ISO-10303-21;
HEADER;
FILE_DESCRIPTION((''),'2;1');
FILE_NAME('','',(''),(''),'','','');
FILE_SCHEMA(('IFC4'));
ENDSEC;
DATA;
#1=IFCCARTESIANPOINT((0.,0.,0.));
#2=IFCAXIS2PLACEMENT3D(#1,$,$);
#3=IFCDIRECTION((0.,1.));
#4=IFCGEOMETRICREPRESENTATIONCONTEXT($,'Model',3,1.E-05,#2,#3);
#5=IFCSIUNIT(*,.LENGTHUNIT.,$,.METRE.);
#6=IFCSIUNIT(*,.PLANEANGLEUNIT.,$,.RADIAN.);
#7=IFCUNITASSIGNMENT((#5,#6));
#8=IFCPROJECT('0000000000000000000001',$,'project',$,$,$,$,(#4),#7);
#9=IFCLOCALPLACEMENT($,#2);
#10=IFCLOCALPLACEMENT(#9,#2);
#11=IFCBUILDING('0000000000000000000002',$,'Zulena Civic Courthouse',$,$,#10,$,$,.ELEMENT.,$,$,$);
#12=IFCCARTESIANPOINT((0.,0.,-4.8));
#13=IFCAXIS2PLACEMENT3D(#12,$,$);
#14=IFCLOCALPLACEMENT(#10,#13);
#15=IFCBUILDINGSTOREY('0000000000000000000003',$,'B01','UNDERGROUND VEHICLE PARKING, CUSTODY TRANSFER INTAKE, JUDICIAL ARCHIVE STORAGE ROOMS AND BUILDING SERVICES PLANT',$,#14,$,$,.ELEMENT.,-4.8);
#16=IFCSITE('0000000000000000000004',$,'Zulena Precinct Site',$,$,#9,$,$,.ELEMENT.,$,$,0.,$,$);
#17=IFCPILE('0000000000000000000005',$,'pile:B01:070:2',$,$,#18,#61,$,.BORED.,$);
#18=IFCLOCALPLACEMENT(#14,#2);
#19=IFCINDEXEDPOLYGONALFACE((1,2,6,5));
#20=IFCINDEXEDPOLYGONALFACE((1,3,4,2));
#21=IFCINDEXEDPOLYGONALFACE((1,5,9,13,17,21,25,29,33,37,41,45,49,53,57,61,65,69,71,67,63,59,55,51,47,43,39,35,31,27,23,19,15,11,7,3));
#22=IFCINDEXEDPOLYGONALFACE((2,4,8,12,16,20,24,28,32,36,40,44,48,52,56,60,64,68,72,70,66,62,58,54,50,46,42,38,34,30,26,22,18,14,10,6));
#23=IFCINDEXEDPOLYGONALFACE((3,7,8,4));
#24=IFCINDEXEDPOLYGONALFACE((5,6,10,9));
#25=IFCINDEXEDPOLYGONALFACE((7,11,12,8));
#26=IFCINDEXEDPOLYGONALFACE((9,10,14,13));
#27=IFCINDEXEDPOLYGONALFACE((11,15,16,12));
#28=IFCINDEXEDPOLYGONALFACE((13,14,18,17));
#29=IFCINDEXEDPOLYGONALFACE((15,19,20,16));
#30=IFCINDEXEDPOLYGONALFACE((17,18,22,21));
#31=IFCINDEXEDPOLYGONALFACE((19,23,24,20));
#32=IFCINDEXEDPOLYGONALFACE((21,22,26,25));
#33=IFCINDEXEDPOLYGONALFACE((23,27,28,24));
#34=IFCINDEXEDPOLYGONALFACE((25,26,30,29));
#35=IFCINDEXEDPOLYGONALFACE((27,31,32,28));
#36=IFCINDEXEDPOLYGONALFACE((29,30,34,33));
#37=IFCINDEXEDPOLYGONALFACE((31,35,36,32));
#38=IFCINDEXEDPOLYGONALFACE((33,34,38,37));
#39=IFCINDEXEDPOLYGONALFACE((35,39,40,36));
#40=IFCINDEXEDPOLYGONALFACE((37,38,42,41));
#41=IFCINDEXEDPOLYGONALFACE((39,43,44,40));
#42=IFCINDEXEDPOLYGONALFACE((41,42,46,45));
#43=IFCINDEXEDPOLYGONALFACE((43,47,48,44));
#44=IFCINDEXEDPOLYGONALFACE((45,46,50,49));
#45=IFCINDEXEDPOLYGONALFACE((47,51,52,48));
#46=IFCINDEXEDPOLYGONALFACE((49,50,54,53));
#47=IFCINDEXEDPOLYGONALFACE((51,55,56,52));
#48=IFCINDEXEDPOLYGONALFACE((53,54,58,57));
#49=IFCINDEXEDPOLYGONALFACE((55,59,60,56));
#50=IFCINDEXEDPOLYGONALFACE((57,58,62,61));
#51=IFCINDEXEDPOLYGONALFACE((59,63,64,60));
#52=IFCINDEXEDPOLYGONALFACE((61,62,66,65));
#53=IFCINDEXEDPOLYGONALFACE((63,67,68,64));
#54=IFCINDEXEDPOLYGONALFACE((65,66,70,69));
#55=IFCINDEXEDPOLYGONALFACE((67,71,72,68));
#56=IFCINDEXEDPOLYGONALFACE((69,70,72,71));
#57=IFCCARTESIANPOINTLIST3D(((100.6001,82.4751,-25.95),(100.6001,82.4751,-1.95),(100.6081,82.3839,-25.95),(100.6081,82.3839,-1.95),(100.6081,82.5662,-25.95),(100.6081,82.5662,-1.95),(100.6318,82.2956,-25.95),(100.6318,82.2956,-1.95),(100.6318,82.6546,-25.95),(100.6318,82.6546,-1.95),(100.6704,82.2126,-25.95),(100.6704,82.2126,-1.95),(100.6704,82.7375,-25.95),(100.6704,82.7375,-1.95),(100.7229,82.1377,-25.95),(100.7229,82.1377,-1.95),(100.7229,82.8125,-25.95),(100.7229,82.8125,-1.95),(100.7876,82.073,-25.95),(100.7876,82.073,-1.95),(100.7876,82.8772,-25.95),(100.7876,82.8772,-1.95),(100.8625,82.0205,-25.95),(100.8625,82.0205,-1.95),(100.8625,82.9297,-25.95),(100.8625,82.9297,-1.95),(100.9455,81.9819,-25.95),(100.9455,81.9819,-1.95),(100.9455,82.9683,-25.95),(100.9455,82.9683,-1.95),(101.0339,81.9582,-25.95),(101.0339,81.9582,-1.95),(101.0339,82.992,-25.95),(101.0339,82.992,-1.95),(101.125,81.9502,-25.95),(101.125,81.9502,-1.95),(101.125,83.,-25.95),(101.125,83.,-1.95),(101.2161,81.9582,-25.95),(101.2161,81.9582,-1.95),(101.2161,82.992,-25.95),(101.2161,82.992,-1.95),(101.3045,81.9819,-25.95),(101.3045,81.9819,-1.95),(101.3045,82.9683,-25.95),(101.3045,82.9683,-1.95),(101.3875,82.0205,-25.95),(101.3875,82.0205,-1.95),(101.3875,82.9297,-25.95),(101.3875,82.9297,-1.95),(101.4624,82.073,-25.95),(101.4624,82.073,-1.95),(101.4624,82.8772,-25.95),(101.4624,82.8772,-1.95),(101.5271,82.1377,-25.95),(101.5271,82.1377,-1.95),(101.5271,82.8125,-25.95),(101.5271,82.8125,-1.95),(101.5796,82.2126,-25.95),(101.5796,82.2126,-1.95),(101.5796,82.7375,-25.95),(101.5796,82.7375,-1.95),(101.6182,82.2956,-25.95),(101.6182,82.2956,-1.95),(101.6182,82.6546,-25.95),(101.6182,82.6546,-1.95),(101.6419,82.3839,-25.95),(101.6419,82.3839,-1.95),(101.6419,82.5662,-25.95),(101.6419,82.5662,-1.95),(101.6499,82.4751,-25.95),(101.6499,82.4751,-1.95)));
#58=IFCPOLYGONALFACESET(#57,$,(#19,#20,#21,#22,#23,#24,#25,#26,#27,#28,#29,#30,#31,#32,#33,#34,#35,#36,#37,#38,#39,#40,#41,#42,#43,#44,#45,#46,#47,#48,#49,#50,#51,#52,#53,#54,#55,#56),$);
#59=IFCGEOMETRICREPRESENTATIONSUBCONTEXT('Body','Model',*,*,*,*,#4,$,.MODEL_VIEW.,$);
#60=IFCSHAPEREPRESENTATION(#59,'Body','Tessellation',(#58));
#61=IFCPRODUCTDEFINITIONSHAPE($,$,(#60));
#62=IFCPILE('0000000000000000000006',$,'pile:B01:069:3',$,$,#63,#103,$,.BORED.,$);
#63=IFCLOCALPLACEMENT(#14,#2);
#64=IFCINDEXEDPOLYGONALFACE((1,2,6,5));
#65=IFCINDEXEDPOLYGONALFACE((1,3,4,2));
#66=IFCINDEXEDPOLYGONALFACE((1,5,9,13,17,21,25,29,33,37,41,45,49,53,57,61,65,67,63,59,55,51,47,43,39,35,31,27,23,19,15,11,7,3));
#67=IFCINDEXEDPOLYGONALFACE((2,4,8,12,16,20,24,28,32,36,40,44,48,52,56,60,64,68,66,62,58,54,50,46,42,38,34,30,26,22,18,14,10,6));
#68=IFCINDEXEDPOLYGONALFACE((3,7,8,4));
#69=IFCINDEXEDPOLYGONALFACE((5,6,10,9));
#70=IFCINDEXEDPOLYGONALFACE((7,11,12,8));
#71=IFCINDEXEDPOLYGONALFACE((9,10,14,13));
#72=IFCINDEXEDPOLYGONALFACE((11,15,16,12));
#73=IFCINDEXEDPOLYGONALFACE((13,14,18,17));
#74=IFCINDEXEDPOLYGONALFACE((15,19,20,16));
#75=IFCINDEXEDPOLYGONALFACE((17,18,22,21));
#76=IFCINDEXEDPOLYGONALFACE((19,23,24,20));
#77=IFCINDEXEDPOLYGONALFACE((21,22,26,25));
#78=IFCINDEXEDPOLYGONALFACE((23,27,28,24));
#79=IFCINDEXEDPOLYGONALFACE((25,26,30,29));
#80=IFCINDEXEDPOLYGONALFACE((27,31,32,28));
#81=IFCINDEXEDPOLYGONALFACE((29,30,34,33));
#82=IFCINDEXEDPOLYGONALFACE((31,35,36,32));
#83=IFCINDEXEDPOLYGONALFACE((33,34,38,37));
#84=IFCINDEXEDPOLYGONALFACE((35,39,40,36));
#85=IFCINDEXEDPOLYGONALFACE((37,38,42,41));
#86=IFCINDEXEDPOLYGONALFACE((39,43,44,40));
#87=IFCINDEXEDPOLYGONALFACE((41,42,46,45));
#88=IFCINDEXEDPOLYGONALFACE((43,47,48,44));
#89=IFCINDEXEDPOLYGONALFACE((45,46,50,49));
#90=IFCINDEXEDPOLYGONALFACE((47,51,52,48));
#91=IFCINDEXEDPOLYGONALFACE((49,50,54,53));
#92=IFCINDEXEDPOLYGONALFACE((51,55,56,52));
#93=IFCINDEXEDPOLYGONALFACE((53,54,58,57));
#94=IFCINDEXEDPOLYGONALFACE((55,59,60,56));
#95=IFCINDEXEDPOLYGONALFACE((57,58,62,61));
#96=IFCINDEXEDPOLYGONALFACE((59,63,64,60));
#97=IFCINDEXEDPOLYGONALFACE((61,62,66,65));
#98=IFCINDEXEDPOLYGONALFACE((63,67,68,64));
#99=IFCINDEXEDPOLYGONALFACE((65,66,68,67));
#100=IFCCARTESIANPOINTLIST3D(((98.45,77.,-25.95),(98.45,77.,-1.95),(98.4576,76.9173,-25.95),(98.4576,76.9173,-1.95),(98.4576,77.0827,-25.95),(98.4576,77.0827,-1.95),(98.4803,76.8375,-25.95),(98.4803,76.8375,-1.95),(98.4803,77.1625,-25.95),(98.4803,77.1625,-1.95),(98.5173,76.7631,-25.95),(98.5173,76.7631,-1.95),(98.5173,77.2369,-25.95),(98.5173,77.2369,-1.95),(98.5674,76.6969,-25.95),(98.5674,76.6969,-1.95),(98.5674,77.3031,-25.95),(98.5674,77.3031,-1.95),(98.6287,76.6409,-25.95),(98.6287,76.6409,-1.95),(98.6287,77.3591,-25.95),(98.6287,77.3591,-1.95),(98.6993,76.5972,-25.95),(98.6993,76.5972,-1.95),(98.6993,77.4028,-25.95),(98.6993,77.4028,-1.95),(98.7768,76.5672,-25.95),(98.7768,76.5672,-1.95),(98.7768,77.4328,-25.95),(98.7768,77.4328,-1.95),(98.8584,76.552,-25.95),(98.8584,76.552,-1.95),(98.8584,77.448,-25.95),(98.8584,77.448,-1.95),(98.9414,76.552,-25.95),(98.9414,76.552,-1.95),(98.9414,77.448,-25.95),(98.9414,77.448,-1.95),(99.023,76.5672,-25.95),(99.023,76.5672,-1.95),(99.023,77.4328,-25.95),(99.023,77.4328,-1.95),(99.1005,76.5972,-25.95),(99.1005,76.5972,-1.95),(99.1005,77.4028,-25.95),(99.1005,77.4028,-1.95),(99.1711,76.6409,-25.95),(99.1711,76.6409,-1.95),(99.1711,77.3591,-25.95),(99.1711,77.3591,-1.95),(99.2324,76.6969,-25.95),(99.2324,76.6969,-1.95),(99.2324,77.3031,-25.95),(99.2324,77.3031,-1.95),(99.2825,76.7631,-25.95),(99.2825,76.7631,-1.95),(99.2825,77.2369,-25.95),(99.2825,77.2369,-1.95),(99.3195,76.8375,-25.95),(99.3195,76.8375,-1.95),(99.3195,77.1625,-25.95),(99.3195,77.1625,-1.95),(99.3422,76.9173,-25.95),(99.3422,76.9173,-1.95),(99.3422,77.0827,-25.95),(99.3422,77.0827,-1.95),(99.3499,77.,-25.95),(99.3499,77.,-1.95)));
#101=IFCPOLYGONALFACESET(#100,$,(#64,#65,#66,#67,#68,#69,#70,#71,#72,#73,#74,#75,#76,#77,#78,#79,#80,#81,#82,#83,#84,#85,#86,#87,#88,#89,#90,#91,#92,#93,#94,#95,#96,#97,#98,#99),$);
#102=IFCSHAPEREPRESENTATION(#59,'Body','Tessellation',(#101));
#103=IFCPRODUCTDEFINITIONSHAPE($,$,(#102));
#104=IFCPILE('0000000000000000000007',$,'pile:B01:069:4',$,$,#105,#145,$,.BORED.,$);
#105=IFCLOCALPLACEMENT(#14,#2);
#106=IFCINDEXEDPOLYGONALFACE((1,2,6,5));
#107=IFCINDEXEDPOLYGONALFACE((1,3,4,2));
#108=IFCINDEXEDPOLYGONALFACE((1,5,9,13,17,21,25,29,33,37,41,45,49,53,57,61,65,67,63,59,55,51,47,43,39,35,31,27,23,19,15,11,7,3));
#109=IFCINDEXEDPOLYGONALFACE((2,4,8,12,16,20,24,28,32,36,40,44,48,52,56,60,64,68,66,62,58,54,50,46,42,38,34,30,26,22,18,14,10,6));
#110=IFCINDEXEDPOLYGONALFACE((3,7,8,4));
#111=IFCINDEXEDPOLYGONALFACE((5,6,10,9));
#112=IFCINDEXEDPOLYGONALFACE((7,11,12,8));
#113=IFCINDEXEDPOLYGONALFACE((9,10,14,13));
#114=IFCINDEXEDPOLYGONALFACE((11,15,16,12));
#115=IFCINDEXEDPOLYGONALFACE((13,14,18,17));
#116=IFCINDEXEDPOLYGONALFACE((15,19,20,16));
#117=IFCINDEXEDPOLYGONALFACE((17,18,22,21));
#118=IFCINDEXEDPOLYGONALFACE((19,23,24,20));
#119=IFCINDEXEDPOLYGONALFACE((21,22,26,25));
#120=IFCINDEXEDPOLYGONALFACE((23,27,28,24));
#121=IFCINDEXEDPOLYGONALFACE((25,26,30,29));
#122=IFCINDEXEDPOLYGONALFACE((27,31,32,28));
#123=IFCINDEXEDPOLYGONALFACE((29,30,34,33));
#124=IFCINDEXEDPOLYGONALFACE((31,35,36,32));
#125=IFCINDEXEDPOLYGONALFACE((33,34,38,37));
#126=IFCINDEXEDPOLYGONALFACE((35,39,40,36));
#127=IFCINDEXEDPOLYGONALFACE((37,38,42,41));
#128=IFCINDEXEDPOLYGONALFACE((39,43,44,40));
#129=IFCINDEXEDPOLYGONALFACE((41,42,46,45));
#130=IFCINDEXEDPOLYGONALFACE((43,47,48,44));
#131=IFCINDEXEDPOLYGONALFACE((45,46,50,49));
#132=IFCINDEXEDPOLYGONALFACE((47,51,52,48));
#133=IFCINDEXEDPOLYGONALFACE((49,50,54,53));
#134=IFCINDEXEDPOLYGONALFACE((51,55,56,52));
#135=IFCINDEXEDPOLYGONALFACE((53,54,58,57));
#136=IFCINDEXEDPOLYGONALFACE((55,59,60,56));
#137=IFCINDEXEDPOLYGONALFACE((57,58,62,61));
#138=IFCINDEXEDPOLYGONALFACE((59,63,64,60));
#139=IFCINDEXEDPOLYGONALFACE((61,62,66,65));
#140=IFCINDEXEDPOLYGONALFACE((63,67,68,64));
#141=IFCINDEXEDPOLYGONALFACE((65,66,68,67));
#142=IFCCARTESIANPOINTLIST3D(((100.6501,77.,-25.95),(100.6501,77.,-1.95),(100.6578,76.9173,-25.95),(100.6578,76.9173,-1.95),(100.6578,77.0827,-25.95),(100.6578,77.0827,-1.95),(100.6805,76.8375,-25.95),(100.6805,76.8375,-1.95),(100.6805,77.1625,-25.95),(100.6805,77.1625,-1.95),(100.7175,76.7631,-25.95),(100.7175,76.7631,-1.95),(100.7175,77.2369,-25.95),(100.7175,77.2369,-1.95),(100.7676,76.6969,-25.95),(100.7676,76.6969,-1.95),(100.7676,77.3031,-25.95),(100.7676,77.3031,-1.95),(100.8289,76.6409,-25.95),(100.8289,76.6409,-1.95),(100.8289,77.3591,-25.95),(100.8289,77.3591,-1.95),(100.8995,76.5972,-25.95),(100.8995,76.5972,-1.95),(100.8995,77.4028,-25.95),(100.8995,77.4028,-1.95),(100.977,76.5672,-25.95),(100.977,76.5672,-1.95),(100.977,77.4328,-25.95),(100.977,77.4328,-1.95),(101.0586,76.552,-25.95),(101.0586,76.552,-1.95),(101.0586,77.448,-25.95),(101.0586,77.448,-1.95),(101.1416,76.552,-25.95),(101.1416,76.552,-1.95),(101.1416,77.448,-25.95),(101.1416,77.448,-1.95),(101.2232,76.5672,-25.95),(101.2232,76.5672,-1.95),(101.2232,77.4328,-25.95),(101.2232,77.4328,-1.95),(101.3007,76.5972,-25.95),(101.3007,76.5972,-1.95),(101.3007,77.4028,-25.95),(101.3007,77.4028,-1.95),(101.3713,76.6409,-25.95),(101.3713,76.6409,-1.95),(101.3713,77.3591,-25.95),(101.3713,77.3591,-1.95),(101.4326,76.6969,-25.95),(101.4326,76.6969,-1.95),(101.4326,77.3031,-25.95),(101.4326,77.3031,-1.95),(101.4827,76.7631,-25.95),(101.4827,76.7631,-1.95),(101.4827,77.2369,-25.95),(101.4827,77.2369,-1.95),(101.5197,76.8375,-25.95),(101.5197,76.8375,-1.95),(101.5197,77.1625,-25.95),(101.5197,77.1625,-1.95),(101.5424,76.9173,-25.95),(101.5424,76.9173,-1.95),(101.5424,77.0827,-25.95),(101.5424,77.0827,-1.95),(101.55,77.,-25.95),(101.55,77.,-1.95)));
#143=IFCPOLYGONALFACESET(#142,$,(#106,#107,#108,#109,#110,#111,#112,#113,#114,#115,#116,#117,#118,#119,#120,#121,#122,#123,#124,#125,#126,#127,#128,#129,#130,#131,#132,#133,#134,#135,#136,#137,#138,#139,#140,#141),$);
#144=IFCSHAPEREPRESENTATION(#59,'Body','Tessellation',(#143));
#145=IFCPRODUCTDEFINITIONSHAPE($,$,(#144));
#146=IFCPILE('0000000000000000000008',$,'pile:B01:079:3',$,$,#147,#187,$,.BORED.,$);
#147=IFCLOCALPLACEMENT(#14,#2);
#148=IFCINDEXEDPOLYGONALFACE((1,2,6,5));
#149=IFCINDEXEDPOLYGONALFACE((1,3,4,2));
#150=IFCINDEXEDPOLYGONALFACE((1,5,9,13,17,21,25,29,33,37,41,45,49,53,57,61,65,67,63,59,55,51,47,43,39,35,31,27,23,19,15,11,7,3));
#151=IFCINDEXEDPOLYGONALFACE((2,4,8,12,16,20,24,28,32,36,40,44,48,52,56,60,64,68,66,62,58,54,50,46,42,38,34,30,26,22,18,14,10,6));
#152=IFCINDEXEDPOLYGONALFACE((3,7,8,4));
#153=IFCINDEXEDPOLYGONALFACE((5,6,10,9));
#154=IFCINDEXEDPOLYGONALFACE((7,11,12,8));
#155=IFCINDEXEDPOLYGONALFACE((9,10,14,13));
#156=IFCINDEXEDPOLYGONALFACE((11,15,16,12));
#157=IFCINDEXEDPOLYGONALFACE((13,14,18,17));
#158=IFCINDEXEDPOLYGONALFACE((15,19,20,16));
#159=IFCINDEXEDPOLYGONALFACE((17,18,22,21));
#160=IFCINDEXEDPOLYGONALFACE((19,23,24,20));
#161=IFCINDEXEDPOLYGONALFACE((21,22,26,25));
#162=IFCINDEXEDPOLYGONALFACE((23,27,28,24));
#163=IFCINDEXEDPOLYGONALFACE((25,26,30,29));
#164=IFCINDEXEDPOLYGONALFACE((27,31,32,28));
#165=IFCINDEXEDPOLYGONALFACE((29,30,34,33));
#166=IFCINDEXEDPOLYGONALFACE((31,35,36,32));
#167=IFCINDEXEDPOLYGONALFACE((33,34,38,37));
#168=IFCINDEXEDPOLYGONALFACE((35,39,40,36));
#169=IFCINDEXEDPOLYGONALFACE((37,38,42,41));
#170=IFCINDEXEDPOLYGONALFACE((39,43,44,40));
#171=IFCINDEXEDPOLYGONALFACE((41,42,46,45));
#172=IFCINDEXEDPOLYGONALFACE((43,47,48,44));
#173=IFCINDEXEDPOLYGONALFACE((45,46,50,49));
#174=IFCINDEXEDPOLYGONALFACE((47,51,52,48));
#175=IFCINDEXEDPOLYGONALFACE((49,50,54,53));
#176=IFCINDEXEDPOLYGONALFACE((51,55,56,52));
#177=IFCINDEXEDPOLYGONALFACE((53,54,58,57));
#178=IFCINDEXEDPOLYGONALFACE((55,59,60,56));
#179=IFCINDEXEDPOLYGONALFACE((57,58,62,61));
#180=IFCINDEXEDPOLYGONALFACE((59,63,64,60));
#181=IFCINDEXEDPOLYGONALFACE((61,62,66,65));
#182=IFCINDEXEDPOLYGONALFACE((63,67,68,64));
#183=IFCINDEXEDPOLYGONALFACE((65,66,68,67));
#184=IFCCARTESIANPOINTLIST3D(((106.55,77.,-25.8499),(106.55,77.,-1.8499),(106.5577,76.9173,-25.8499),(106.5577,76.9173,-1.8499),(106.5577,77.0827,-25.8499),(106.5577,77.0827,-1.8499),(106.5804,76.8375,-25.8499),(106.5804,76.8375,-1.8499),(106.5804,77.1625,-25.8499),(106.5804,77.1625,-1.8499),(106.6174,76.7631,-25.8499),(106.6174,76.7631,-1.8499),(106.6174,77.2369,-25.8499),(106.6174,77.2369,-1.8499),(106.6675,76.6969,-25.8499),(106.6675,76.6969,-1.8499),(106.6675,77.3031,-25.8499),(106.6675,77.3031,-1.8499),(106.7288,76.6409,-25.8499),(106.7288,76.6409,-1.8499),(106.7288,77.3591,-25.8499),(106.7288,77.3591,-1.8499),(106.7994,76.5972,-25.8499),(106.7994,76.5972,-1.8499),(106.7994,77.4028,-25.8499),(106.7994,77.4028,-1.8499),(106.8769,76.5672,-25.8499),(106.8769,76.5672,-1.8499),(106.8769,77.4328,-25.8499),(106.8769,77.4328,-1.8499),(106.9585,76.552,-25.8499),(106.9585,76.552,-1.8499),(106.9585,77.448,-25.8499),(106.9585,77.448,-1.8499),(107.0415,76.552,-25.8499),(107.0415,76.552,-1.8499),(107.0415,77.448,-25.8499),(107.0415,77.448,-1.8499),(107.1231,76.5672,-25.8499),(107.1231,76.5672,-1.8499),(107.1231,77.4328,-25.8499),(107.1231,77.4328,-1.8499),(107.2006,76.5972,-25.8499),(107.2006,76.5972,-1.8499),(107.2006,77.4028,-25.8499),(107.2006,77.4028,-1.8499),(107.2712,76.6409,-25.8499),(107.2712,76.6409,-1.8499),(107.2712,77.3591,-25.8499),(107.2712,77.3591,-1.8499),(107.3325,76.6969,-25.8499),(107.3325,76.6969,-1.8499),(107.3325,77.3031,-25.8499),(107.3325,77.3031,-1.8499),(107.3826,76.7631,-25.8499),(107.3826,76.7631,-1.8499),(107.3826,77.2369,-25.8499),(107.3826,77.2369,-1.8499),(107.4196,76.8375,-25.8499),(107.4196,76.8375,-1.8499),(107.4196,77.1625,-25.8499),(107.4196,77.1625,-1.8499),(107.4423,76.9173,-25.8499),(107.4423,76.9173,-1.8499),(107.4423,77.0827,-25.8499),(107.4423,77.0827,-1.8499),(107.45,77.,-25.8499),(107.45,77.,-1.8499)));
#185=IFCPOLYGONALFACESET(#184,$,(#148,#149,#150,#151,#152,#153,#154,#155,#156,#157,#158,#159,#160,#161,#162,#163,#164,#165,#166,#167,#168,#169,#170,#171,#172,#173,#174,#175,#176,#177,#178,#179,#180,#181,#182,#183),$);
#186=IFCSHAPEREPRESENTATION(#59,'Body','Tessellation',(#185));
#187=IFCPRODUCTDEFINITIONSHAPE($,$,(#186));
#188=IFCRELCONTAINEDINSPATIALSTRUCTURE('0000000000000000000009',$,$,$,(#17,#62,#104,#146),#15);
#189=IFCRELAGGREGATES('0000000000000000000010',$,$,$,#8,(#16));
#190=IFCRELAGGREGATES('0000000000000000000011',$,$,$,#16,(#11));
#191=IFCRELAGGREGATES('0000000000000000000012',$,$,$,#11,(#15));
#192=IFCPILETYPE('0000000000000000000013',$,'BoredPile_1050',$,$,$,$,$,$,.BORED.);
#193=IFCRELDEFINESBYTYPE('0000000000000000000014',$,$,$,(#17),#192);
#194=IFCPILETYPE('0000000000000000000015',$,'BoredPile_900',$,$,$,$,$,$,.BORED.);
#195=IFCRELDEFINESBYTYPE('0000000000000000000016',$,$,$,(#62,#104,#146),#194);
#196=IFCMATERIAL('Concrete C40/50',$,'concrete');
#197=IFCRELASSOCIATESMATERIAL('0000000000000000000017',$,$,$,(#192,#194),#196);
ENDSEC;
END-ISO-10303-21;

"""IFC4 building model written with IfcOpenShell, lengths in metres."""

from ifc_helpers import new_model, si_unit, direction, frame, origin, origin_2d, place, context, subcontext, project, spatial, circle, extrude, material, material_profile, profile_set, type_object, element, save


model = new_model("IFC4")

# Units and contexts
model_context = context("Model", 3, precision=1e-05, world=origin(), true_north=direction((0.0, 1.0)))
body_context = subcontext(model_context, "Body", "Model", "MODEL_VIEW")
ifc_project = project(units=[si_unit("LENGTHUNIT", "METRE"), si_unit("PLANEANGLEUNIT", "RADIAN")], contexts=[model_context])

# Site, building, storey
site_placement = place(None, origin())
site = spatial("IfcSite", under=ifc_project, at=site_placement, Name="Zulena Precinct Site", CompositionType="ELEMENT", RefElevation=0.0)
building_placement = place(site_placement, origin())
building = spatial("IfcBuilding", under=site, at=building_placement, Name="Zulena Civic Courthouse", CompositionType="ELEMENT")
storey_placement = place(building_placement, frame((0.0, 0.0, -4.8)))
storey = spatial("IfcBuildingStorey", under=building, at=storey_placement, Name="B01", Description="UNDERGROUND VEHICLE PARKING, CUSTODY TRANSFER INTAKE, JUDICIAL ARCHIVE STORAGE ROOMS AND BUILDING SERVICES PLANT", CompositionType="ELEMENT", Elevation=-4.8)

# Piles
ifc_material_1 = material(Name="Concrete C40/50", Category="concrete")
ifc_material_profile_1 = material_profile(ifc_material_1, circle(Radius=0.5249, at=origin_2d()), Name="PILE1050")
ifc_profile_set_1 = profile_set([ifc_material_profile_1], Name="Concrete C40/50")
pile_type_1 = type_object("IfcPileType", Name="BoredPile_1050", PredefinedType="BORED", material=ifc_profile_set_1)
pile_placement = place(storey_placement, frame((101.125, 82.4751, -1.95), z_axis=(0.0, 0.0, -1.0), x_axis=(1.0, 0.0, 0.0)))
element("IfcPile", 1, at=pile_placement, inside=storey, type_object=pile_type_1, Name="pile:B01:070:2", PredefinedType="BORED", context=body_context, shape_type="SweptSolid", body=[
    extrude(circle(Radius=0.5249, at=origin_2d()), origin(), (0.0, 0.0, 1.0), 24.0),
])
ifc_material_profile_2 = material_profile(ifc_material_1, circle(Radius=0.45, at=origin_2d()), Name="PILE900")
ifc_profile_set_2 = profile_set([ifc_material_profile_2], Name="Concrete C40/50")
pile_type_2 = type_object("IfcPileType", Name="BoredPile_900", PredefinedType="BORED", material=ifc_profile_set_2)
for number, where, z_axis, x_axis, name in (
    (2, (98.8999, 77.0, -1.95), (0.0, 0.0, -1.0), (1.0, 0.0, 0.0), "pile:B01:069:3"),
    (3, (101.1001, 77.0, -1.95), (0.0, 0.0, -1.0), (1.0, 0.0, 0.0), "pile:B01:069:4"),
    (4, (107.0, 77.0, -1.8499), (0.0, 0.0, -1.0), (1.0, 0.0, 0.0), "pile:B01:079:3"),
):
    element("IfcPile", number, at=place(storey_placement, frame(where, z_axis=z_axis, x_axis=x_axis)), inside=storey, type_object=pile_type_2, Name=name, PredefinedType="BORED", context=body_context, shape_type="SweptSolid", body=[
        extrude(circle(Radius=0.45, at=origin_2d()), origin(), (0.0, 0.0, 1.0), 24.0),
    ])

save(model, "model.ifc")
